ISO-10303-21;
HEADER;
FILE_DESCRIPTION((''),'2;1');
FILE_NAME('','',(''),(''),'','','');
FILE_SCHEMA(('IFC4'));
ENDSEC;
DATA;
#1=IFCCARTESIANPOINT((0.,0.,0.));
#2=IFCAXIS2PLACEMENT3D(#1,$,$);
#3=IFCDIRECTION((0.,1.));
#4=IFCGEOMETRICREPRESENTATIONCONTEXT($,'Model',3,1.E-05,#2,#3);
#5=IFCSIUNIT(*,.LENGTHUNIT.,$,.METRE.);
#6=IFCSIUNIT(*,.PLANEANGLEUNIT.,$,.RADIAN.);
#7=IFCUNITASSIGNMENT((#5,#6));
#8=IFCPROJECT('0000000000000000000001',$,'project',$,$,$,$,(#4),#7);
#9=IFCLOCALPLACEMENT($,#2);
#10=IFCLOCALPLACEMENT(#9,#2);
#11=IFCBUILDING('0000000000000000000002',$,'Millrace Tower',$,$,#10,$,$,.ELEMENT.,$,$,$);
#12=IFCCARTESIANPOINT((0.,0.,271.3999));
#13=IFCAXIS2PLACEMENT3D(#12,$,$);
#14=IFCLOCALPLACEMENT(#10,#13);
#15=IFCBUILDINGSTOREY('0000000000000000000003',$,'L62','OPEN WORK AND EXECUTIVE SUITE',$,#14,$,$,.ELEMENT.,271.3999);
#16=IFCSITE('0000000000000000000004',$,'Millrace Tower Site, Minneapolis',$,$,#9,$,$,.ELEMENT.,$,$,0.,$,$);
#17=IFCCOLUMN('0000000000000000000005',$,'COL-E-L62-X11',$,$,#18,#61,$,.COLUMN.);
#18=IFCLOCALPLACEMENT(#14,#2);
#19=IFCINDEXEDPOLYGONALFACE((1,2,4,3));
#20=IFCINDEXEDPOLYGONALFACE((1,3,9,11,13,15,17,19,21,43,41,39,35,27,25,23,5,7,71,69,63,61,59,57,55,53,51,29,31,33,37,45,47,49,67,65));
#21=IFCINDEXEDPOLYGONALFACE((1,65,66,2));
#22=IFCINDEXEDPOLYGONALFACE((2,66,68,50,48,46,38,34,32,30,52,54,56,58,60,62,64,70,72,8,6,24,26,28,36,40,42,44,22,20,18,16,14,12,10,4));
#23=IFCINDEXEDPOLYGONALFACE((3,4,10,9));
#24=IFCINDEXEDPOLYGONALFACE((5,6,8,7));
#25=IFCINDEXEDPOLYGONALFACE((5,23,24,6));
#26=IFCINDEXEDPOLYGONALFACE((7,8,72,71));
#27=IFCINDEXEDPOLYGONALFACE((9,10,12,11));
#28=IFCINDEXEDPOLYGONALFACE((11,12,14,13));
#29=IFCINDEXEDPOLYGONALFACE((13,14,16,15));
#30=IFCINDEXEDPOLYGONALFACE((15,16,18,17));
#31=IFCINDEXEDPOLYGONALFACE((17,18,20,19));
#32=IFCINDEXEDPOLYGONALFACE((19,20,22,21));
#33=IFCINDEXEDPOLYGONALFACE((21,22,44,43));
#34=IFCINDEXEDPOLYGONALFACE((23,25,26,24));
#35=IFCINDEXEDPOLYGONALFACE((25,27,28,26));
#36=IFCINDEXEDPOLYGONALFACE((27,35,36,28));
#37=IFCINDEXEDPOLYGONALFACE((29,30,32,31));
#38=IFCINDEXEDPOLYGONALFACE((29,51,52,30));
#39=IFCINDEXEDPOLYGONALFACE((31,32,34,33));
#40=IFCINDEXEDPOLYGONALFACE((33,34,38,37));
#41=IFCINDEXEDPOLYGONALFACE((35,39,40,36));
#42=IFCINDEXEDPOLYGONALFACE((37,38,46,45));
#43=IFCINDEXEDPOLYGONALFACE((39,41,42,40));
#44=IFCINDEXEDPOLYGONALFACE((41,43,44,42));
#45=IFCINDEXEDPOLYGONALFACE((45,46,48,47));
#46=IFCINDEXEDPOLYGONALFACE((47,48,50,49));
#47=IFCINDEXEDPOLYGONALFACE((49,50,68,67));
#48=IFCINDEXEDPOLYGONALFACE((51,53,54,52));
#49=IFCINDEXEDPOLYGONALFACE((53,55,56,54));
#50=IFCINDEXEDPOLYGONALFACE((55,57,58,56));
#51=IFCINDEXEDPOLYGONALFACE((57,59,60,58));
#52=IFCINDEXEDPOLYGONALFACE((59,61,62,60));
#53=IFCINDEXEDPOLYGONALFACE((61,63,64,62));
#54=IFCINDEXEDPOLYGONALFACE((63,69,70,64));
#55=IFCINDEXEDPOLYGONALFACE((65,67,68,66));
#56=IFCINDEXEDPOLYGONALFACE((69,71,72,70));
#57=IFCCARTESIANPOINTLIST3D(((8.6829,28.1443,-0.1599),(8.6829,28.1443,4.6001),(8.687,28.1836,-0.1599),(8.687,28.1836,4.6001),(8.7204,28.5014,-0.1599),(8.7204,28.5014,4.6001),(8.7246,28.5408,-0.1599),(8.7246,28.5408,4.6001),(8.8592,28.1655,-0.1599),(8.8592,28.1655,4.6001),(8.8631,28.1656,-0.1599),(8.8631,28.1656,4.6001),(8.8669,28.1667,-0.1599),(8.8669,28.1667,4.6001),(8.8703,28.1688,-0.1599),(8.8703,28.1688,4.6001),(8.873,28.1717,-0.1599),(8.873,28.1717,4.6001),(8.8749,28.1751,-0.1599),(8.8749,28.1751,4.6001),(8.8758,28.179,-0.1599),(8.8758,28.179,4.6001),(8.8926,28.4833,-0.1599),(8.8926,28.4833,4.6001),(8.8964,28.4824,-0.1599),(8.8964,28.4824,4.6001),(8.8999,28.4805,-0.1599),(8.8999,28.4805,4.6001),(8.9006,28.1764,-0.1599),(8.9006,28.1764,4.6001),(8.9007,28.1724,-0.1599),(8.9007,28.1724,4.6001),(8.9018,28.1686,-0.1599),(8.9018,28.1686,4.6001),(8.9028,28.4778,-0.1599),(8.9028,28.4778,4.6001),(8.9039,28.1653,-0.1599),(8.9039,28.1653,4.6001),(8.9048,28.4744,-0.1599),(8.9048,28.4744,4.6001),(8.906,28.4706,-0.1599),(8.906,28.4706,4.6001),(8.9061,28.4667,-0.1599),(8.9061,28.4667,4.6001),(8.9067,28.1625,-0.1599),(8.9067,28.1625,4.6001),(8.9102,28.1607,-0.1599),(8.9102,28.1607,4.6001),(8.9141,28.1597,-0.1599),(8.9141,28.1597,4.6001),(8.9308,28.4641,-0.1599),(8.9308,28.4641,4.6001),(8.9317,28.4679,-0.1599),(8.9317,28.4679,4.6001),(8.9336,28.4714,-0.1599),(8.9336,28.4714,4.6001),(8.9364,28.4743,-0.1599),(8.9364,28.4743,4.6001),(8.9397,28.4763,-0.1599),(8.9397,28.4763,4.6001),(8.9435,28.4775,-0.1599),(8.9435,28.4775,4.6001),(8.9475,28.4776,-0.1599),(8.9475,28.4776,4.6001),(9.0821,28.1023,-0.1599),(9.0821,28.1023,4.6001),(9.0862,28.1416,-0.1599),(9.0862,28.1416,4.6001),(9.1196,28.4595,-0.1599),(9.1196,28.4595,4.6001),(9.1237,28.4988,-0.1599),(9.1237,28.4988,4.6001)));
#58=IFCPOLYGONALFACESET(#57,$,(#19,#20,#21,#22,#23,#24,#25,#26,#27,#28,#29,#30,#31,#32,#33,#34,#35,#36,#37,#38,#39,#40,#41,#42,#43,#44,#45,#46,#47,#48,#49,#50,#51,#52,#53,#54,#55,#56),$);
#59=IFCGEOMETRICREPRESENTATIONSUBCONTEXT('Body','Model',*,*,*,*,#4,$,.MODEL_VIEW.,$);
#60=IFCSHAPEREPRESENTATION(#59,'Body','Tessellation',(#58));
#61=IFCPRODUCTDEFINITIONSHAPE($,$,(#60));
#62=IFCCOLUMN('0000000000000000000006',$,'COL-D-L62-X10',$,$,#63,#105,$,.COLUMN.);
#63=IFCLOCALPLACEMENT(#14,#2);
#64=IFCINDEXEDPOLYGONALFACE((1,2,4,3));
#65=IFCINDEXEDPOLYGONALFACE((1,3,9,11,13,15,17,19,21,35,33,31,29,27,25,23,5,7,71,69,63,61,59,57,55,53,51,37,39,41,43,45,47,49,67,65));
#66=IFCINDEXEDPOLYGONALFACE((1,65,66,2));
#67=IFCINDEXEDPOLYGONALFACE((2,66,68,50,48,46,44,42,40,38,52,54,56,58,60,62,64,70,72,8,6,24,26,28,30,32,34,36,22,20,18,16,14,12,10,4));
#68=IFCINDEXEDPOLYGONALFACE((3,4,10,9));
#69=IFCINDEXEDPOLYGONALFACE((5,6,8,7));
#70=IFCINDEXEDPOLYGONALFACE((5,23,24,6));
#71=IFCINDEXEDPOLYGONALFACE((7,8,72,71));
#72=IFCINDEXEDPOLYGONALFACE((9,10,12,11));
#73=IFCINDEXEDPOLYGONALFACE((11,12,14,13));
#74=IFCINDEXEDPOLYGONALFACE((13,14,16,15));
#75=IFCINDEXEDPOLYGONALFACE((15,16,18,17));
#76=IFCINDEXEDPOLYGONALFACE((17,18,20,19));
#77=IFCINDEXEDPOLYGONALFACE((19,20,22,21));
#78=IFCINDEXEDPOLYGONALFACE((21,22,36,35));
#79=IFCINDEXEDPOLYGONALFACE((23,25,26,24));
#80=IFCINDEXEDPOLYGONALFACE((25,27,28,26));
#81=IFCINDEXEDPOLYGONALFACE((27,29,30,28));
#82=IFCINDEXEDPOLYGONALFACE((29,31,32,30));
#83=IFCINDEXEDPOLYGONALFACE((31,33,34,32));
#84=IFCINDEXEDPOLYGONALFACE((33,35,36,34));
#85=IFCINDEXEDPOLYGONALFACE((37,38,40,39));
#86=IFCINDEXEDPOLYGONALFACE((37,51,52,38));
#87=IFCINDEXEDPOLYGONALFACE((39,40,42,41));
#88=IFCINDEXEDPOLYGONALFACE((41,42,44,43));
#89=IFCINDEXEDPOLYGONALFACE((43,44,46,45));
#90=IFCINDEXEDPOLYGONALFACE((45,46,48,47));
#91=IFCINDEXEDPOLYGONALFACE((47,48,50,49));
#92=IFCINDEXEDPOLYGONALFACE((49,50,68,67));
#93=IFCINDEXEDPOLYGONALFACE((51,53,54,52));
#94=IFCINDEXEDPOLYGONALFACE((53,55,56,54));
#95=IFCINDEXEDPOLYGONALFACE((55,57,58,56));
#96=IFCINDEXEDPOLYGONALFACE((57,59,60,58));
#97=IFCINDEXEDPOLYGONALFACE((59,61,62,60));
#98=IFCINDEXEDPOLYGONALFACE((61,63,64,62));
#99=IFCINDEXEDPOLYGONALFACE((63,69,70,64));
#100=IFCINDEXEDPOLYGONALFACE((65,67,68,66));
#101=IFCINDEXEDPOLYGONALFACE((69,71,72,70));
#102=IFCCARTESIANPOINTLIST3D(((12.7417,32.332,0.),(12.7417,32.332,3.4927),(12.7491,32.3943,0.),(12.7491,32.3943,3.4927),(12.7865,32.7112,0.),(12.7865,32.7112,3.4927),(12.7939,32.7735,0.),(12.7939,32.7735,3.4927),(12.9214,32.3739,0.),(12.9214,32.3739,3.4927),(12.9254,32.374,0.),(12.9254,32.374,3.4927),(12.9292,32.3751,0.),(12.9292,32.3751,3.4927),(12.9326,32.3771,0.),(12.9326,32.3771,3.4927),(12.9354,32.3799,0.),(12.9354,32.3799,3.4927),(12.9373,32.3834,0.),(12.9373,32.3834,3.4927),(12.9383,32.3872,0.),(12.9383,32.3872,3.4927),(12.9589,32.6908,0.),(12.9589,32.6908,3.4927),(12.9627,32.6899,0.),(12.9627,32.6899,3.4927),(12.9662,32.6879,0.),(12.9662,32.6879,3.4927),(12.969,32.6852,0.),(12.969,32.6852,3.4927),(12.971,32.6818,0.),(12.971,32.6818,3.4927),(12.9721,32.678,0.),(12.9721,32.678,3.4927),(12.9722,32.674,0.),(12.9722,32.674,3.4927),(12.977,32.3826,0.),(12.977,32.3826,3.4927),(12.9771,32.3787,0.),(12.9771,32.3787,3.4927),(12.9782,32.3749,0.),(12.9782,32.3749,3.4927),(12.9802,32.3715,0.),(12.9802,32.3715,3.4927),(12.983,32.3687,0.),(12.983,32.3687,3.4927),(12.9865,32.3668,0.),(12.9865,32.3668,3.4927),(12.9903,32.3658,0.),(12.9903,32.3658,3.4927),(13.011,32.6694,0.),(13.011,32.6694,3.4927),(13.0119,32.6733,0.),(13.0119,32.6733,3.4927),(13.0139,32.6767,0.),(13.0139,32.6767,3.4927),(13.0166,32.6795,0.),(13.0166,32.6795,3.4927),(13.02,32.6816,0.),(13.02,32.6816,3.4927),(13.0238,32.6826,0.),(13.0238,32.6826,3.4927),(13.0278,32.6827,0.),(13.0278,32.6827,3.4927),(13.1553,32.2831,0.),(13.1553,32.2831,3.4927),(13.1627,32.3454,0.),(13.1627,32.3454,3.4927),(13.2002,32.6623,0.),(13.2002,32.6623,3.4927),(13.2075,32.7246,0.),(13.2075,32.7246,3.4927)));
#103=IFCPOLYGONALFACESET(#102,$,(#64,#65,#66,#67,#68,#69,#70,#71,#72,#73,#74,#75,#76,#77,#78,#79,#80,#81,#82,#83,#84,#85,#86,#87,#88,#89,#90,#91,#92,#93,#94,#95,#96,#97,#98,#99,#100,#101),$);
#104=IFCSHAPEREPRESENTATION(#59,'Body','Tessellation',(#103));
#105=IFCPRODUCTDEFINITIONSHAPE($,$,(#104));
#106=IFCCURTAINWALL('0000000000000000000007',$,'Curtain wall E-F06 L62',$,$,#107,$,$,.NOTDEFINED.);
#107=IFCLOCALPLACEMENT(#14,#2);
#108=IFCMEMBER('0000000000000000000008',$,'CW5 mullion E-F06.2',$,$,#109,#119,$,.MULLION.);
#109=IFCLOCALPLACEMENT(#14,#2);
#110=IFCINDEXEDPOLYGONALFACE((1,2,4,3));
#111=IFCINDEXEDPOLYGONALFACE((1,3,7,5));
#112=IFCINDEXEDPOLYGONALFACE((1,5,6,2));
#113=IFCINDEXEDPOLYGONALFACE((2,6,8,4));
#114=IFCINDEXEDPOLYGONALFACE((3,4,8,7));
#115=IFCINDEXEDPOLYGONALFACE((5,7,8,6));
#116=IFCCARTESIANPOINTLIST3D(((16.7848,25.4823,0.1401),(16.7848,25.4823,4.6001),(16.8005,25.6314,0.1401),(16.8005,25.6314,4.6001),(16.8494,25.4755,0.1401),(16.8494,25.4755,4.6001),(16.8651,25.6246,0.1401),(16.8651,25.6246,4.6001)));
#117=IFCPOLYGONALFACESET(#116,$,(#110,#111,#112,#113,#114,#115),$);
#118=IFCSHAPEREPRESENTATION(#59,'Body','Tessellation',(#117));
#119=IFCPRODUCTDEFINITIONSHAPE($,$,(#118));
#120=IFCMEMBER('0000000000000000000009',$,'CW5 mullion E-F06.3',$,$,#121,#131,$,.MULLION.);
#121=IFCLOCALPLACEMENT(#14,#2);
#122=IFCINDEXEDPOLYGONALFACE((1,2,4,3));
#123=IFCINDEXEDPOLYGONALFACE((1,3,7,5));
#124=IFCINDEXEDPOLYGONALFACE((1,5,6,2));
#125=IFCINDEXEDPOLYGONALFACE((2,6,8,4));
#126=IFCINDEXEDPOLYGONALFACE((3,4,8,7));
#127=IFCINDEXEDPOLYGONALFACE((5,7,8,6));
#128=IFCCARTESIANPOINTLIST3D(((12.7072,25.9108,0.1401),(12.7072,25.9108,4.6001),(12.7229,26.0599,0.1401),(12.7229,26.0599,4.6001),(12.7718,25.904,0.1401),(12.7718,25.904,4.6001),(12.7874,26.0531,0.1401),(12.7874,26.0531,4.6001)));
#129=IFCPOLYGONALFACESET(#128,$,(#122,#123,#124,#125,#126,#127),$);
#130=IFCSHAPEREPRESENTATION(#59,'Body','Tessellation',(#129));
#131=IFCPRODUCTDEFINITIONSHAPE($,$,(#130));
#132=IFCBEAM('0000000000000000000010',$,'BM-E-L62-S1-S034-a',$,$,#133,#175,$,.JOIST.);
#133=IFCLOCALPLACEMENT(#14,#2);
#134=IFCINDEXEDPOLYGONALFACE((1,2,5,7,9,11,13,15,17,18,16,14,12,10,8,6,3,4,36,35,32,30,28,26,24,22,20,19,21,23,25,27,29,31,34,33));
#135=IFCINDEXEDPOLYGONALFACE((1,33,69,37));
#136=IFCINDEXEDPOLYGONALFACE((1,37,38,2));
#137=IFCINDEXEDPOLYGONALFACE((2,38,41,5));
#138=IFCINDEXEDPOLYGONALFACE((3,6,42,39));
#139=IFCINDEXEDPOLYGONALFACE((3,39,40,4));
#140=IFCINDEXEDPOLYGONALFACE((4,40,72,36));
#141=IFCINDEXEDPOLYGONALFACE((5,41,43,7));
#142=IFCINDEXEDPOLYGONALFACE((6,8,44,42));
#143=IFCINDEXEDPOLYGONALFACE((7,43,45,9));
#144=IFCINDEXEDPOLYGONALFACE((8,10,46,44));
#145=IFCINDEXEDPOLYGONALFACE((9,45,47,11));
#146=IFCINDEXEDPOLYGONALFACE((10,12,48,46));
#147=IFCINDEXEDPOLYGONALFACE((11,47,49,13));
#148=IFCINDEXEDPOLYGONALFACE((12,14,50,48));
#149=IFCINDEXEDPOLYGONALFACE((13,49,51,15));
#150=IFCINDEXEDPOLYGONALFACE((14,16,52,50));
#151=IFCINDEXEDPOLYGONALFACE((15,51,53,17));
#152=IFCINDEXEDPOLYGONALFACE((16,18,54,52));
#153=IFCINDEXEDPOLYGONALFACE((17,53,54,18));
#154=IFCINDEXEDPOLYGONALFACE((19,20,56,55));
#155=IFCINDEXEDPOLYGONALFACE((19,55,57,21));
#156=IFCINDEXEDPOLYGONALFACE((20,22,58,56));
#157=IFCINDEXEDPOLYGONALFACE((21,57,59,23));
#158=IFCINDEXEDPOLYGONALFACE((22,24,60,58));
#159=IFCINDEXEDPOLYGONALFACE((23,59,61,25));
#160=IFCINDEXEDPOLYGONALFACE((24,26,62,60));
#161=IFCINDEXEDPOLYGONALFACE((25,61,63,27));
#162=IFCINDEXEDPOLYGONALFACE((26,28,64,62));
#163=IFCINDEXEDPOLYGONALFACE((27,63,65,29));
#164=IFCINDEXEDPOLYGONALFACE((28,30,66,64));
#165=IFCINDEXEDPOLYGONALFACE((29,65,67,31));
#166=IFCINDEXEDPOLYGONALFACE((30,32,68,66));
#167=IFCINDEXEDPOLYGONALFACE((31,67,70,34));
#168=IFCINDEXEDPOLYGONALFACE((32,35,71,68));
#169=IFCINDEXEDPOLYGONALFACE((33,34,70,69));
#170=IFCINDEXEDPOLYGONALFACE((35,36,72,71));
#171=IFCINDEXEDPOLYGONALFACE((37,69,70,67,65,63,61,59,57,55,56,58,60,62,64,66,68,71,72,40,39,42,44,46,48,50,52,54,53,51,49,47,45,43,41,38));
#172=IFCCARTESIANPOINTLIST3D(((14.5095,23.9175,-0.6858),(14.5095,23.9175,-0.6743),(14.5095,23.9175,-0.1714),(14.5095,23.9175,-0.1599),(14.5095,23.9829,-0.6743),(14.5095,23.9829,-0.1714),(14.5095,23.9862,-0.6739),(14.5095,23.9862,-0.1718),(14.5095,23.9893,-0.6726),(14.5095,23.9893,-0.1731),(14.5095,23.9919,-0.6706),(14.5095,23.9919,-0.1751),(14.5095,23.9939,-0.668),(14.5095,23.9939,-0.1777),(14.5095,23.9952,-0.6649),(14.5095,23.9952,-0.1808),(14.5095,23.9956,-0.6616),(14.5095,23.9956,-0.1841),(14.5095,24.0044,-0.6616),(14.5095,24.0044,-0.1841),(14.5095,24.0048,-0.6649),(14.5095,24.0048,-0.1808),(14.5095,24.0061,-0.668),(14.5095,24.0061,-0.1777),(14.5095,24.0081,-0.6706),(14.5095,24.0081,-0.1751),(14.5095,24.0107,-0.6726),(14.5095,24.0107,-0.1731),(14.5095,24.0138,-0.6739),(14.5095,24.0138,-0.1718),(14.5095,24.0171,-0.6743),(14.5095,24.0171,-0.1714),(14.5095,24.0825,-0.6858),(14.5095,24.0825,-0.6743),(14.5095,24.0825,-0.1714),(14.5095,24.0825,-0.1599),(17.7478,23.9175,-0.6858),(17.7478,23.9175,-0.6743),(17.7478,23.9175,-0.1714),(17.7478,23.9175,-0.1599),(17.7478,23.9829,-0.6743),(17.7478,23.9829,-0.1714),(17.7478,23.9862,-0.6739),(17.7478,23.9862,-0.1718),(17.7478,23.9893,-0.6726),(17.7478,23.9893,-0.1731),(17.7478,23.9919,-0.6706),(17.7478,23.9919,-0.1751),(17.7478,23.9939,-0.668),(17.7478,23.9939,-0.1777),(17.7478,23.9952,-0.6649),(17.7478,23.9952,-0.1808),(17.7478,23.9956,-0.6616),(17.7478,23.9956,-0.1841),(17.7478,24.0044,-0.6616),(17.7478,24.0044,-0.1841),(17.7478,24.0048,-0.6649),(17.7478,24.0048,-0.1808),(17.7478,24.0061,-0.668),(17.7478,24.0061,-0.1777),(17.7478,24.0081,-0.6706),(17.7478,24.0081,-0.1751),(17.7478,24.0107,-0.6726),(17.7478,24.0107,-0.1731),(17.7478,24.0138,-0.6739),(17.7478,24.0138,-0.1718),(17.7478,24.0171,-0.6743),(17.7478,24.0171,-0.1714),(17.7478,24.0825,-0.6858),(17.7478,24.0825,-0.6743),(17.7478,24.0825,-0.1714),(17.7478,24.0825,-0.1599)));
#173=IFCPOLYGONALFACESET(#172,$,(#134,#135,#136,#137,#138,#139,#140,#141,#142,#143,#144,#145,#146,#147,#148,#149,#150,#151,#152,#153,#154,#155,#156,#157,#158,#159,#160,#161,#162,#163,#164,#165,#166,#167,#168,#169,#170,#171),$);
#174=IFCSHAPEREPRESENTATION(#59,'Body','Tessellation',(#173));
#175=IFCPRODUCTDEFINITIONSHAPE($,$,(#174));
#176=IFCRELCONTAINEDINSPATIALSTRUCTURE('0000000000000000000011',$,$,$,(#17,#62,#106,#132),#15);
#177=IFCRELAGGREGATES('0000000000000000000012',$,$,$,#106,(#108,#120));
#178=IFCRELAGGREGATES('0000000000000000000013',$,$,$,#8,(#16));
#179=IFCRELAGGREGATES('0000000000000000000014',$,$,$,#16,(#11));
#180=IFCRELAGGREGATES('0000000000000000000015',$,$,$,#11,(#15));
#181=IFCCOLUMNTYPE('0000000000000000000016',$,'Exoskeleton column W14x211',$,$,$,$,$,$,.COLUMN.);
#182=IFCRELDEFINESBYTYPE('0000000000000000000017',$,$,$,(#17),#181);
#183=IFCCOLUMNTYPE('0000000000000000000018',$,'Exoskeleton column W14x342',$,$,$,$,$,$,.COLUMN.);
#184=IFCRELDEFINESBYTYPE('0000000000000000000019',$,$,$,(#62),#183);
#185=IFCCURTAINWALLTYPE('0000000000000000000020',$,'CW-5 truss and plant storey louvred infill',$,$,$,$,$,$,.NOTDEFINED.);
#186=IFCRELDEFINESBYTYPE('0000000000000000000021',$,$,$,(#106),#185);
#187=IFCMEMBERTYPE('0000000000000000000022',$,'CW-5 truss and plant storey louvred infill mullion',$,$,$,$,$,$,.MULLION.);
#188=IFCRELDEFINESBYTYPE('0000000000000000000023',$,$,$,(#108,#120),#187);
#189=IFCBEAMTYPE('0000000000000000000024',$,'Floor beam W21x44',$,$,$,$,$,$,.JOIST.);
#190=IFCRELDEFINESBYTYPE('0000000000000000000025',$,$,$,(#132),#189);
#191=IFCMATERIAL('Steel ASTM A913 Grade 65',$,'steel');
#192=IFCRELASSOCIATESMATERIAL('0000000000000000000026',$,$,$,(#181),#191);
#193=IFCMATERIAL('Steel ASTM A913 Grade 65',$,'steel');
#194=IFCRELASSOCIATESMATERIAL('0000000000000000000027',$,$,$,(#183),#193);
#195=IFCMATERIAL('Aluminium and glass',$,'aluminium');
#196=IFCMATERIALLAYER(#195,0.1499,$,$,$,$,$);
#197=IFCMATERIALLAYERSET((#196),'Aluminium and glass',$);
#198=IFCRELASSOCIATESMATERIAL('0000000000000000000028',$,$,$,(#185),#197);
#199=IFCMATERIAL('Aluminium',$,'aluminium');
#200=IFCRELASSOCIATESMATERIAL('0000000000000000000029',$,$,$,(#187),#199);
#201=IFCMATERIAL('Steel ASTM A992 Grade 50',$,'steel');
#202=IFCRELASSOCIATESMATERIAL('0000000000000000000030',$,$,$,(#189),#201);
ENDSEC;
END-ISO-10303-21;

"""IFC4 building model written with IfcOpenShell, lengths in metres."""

from ifc_helpers import new_model, si_unit, direction, frame, origin, origin_2d, place, context, subcontext, project, spatial, rectangle, i_section, extrude, material, layer, layer_set, material_profile, profile_set, type_object, element, aggregate, save


model = new_model("IFC4")

# Units and contexts
model_context = context("Model", 3, precision=1e-05, world=origin(), true_north=direction((0.0, 1.0)))
body_context = subcontext(model_context, "Body", "Model", "MODEL_VIEW")
ifc_project = project(units=[si_unit("LENGTHUNIT", "METRE"), si_unit("PLANEANGLEUNIT", "RADIAN")], contexts=[model_context])

# Site, building, storey
site_placement = place(None, origin())
site = spatial("IfcSite", under=ifc_project, at=site_placement, Name="Millrace Tower Site, Minneapolis", CompositionType="ELEMENT", RefElevation=0.0)
building_placement = place(site_placement, origin())
building = spatial("IfcBuilding", under=site, at=building_placement, Name="Millrace Tower", CompositionType="ELEMENT")
storey_placement = place(building_placement, frame((0.0, 0.0, 271.3999)))
storey = spatial("IfcBuildingStorey", under=building, at=storey_placement, Name="L62", Description="OPEN WORK AND EXECUTIVE SUITE", CompositionType="ELEMENT", Elevation=271.3999)

# Columns
ifc_material_1 = material(Name="Steel ASTM A913 Grade 65", Category="steel")
ifc_material_profile_1 = material_profile(ifc_material_1, i_section(OverallWidth=0.4014, OverallDepth=0.3987, WebThickness=0.0249, FlangeThickness=0.0396, FilletRadius=0.0151, at=origin_2d()))
ifc_profile_set_1 = profile_set([ifc_material_profile_1], Name="Steel ASTM A913 Grade 65")
column_type_1 = type_object("IfcColumnType", Name="Exoskeleton column W14x211", PredefinedType="COLUMN", material=ifc_profile_set_1)
column_1_placement = place(storey_placement, frame((8.9033, 28.3215, -0.1599), z_axis=(0.0, 0.0, 1.0), x_axis=(-0.994522, 0.104528, 0.0)))
element("IfcColumn", 1, at=column_1_placement, inside=storey, type_object=column_type_1, Name="COL-E-L62-X11", PredefinedType="COLUMN", context=body_context, shape_type="SweptSolid", body=[
    extrude(i_section(OverallWidth=0.4014, OverallDepth=0.3987, WebThickness=0.0249, FlangeThickness=0.0396, FilletRadius=0.0151, at=origin_2d()), origin(), (0.0, 0.0, 1.0), 4.76),
])
ifc_material_2 = material(Name="Steel ASTM A913 Grade 65", Category="steel")
ifc_material_profile_2 = material_profile(ifc_material_2, i_section(OverallWidth=0.4165, OverallDepth=0.4446, WebThickness=0.0391, FlangeThickness=0.0627, FilletRadius=0.0151, at=origin_2d()))
ifc_profile_set_2 = profile_set([ifc_material_profile_2], Name="Steel ASTM A913 Grade 65")
column_type_2 = type_object("IfcColumnType", Name="Exoskeleton column W14x342", PredefinedType="COLUMN", material=ifc_profile_set_2)
column_2_placement = place(storey_placement, frame((12.9746, 32.5283, 0.0), z_axis=(0.0, 0.0, 1.0), x_axis=(-0.993082, 0.117421, 0.0)))
element("IfcColumn", 2, at=column_2_placement, inside=storey, type_object=column_type_2, Name="COL-D-L62-X10", PredefinedType="COLUMN", context=body_context, shape_type="SweptSolid", body=[
    extrude(i_section(OverallWidth=0.4165, OverallDepth=0.4446, WebThickness=0.0391, FlangeThickness=0.0627, FilletRadius=0.0151, at=origin_2d()), origin(), (0.0, 0.0, 1.0), 3.4927),
])

# Curtain wall, members
ifc_material_3 = material(Name="Aluminium and glass", Category="aluminium")
ifc_layer_1 = layer(ifc_material_3, 0.1499)
ifc_layer_set_1 = layer_set([ifc_layer_1], Name="Aluminium and glass")
curtain_wall_type = type_object("IfcCurtainWallType", Name="CW-5 truss and plant storey louvred infill", PredefinedType="NOTDEFINED", material=ifc_layer_set_1)
curtain_wall_placement = place(storey_placement, origin())
curtain_wall = element("IfcCurtainWall", 3, at=curtain_wall_placement, inside=storey, type_object=curtain_wall_type, Name="Curtain wall E-F06 L62", PredefinedType="NOTDEFINED")
ifc_material_4 = material(Name="Aluminium", Category="aluminium")
ifc_material_profile_3 = material_profile(ifc_material_4, rectangle(XDim=0.0649, YDim=0.1499, at=origin_2d()))
ifc_profile_set_3 = profile_set([ifc_material_profile_3], Name="Aluminium")
member_type_1 = type_object("IfcMemberType", Name="CW-5 truss and plant storey louvred infill mullion", PredefinedType="MULLION", material=ifc_profile_set_3)
member_1_placement = place(storey_placement, frame((16.825, 25.5535, 0.1401), z_axis=(0.0, 0.0, 1.0), x_axis=(-0.994522, 0.104528, 0.0)))
member_1 = element("IfcMember", 4, at=member_1_placement, type_object=member_type_1, Name="CW5 mullion E-F06.2", PredefinedType="MULLION", context=body_context, shape_type="SweptSolid", body=[
    extrude(rectangle(XDim=0.0649, YDim=0.1499, at=origin_2d()), origin(), (0.0, 0.0, 1.0), 4.46),
])
member_2_placement = place(storey_placement, frame((12.7473, 25.9819, 0.1401), z_axis=(0.0, 0.0, 1.0), x_axis=(-0.994522, 0.104528, 0.0)))
member_2 = element("IfcMember", 5, at=member_2_placement, type_object=member_type_1, Name="CW5 mullion E-F06.3", PredefinedType="MULLION", context=body_context, shape_type="SweptSolid", body=[
    extrude(rectangle(XDim=0.0649, YDim=0.1499, at=origin_2d()), origin(), (0.0, 0.0, 1.0), 4.46),
])
aggregate(curtain_wall, [member_1, member_2])

# Beam
ifc_material_5 = material(Name="Steel ASTM A992 Grade 50", Category="steel")
ifc_material_profile_4 = material_profile(ifc_material_5, i_section(OverallWidth=0.165, OverallDepth=0.5259, WebThickness=0.0088, FlangeThickness=0.0115, FilletRadius=0.0127, at=origin_2d()))
ifc_profile_set_4 = profile_set([ifc_material_profile_4], Name="Steel ASTM A992 Grade 50")
beam_type_1 = type_object("IfcBeamType", Name="Floor beam W21x44", PredefinedType="JOIST", material=ifc_profile_set_4)
beam_1_placement = place(storey_placement, frame((14.5095, 24.0, -0.4229), z_axis=(1.0, 0.0, 0.0), x_axis=(0.0, 1.0, 0.0)))
element("IfcBeam", 6, at=beam_1_placement, inside=storey, type_object=beam_type_1, Name="BM-E-L62-S1-S034-a", PredefinedType="JOIST", context=body_context, shape_type="SweptSolid", body=[
    extrude(i_section(OverallWidth=0.165, OverallDepth=0.5259, WebThickness=0.0088, FlangeThickness=0.0115, FilletRadius=0.0127, at=origin_2d()), origin(), (0.0, 0.0, 1.0), 3.2383),
])

save(model, "model.ifc")
